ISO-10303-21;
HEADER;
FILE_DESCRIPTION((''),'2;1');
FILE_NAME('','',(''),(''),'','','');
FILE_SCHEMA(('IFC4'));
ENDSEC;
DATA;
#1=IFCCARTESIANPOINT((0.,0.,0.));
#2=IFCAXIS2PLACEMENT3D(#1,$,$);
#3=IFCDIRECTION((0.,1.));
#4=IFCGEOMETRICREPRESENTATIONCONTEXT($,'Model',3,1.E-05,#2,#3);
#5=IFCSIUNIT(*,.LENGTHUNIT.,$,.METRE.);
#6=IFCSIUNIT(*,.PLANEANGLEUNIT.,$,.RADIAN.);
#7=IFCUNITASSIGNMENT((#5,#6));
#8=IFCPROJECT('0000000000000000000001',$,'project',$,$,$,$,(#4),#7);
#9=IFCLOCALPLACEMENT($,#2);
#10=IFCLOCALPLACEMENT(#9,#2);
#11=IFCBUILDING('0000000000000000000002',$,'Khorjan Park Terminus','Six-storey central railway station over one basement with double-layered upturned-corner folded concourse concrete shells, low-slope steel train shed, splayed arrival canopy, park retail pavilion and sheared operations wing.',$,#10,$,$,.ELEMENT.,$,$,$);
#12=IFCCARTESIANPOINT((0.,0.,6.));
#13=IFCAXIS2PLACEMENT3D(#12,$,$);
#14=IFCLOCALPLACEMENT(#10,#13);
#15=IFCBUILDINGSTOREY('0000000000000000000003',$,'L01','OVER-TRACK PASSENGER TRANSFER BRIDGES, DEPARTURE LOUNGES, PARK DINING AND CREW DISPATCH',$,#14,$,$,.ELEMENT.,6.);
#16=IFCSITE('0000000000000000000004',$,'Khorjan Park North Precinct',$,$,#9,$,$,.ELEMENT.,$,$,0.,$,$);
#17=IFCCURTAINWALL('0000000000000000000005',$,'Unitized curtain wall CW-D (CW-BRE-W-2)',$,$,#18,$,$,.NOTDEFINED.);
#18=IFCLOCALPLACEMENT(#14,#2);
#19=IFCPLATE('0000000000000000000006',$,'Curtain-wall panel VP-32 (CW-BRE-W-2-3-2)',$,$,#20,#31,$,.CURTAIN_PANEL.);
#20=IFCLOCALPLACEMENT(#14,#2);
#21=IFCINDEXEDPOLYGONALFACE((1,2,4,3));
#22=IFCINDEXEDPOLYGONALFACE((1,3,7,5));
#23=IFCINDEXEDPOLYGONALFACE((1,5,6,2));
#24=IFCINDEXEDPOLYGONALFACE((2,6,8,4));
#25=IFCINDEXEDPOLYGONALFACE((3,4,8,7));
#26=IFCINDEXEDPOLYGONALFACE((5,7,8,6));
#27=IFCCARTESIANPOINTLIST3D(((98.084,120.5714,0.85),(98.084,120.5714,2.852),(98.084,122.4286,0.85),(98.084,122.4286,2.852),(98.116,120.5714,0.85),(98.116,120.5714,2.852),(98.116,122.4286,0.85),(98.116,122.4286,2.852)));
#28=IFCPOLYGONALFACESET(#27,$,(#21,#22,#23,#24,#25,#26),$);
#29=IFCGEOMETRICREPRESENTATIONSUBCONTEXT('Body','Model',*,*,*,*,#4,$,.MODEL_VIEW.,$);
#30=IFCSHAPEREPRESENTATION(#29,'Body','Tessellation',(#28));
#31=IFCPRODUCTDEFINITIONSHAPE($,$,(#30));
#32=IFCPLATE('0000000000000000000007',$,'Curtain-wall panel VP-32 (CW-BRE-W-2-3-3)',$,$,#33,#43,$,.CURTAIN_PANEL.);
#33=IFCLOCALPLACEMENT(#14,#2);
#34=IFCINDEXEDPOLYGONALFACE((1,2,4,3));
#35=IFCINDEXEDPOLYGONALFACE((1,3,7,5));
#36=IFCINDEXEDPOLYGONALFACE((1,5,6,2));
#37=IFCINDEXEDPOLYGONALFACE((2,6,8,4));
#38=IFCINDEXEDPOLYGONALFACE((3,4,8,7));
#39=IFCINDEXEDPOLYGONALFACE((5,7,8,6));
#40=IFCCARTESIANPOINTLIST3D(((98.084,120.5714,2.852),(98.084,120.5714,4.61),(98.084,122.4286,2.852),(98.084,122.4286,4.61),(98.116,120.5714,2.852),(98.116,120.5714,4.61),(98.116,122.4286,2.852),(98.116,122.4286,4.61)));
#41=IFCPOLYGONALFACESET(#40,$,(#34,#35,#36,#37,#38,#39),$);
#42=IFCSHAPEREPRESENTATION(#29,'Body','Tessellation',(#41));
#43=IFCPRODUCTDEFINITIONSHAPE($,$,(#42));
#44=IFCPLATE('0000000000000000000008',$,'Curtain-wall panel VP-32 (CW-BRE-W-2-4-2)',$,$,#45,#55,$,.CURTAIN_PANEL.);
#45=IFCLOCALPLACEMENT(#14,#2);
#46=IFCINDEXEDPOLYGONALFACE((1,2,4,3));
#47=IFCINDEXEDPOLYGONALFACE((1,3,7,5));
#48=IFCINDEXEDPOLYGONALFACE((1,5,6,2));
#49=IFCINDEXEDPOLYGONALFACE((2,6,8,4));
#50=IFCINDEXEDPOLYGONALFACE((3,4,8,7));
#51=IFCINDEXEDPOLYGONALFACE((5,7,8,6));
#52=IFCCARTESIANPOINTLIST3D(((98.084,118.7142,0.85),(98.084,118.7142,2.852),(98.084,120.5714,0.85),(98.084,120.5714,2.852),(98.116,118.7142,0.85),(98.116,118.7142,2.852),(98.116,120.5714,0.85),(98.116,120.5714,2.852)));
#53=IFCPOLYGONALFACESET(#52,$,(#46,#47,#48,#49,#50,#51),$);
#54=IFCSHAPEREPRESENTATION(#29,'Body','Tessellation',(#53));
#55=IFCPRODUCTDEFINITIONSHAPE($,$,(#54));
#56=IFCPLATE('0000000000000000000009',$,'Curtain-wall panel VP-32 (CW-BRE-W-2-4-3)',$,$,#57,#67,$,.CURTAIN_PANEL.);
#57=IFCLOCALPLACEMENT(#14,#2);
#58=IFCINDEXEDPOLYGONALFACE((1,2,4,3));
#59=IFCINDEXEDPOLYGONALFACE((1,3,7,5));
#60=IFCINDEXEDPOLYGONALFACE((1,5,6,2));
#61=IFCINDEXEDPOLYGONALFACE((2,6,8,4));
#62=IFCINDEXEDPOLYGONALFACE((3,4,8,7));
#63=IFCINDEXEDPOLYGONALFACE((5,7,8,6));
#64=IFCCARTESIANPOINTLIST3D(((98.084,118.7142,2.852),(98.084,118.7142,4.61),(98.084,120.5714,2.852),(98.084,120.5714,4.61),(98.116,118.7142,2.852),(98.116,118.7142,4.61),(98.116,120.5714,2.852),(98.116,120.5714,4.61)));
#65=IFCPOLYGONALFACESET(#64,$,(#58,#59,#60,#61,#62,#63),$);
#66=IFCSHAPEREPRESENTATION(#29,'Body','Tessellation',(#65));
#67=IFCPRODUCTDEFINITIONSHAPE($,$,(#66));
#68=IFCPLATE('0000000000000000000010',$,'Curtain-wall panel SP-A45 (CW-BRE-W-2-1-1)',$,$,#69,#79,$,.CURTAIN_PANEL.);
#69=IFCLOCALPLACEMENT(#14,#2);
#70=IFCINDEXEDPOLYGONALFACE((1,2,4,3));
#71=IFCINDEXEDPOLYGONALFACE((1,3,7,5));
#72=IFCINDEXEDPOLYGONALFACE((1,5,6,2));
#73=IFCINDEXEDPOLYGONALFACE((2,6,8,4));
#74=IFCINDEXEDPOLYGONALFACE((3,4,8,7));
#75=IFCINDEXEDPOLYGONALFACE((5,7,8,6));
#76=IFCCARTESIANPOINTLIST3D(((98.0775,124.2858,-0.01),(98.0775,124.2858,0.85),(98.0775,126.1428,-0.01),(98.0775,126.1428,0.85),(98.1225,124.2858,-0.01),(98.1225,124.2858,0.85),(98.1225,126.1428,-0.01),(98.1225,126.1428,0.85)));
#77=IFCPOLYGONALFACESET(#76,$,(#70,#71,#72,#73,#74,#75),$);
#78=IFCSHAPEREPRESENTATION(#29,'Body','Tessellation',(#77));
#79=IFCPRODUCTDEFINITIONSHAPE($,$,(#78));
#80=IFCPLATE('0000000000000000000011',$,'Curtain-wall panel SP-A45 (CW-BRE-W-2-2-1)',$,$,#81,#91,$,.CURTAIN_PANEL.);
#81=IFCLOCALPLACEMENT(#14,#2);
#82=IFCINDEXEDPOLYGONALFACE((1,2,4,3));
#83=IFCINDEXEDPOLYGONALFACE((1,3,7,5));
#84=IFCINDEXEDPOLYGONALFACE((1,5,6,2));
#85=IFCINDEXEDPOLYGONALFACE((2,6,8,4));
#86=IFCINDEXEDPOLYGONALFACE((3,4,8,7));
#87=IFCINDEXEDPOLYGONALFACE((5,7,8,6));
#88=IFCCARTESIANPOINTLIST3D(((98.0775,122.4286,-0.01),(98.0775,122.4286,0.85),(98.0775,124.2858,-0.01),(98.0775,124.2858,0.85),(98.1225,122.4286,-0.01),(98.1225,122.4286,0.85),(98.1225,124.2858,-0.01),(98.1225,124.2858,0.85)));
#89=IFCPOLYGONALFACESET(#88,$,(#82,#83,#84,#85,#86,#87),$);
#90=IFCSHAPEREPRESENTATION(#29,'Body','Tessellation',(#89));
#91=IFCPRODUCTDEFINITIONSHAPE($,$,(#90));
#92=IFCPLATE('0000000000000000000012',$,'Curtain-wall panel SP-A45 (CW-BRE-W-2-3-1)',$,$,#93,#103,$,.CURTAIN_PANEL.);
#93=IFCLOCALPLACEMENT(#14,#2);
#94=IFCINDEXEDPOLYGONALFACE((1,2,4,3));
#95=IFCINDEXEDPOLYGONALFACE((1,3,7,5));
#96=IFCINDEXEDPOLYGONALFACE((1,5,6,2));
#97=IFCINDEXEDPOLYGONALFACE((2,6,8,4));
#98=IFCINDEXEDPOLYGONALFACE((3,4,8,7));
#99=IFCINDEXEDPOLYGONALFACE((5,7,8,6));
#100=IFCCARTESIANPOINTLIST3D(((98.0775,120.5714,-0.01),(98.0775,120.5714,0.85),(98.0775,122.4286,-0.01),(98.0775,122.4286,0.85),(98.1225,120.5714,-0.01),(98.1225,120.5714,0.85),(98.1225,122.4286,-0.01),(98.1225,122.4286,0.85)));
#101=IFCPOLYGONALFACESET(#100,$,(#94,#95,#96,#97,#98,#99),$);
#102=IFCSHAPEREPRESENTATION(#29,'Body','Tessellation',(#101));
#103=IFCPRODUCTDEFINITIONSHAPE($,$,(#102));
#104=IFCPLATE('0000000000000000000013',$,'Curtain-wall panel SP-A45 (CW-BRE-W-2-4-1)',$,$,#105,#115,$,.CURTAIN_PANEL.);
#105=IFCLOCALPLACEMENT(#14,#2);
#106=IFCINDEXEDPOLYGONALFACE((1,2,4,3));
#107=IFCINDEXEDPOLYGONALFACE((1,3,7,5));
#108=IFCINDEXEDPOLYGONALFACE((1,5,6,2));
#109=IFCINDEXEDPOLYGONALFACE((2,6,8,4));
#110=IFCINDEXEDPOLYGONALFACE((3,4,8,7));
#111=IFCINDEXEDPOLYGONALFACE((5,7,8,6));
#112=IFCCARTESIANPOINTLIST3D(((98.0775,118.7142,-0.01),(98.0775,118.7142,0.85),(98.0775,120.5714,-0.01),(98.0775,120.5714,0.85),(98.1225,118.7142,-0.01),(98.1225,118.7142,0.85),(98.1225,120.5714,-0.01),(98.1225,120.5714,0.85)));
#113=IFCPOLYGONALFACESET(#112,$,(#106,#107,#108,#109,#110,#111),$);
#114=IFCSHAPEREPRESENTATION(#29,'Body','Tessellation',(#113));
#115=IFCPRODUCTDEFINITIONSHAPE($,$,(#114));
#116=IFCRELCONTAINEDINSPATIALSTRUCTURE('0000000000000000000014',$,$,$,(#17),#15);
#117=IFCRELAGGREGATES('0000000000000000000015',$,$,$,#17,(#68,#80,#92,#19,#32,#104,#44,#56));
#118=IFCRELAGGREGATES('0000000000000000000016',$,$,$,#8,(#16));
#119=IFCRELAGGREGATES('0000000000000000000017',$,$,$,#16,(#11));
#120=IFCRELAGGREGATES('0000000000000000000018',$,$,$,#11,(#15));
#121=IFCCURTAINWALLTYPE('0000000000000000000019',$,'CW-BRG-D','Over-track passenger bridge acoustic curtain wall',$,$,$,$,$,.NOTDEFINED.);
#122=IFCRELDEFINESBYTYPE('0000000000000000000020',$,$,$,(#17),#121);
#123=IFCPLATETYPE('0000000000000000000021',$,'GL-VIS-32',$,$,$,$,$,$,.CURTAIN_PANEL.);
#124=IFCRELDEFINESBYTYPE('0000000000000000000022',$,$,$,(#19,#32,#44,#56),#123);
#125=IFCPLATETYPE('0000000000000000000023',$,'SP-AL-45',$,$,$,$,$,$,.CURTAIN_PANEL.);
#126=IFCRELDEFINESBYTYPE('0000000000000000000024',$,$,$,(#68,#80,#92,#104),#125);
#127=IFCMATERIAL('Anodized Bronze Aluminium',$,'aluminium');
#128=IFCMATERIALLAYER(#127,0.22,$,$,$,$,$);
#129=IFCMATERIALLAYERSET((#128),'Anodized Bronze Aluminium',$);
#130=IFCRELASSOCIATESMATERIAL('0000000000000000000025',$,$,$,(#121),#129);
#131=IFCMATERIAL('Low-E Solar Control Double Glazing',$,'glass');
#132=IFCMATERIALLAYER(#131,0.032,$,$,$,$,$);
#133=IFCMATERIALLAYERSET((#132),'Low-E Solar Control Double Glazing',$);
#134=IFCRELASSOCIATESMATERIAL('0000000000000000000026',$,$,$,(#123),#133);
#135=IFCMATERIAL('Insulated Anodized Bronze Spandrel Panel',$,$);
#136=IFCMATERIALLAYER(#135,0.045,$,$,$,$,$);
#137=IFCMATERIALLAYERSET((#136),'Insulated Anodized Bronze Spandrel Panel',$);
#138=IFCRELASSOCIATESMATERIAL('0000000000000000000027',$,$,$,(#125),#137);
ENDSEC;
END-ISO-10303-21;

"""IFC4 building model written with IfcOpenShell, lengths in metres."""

from ifc_helpers import new_model, si_unit, direction, frame, origin, origin_2d, place, context, subcontext, project, spatial, rectangle, extrude, material, layer, layer_set, type_object, element, aggregate, save


model = new_model("IFC4")

# Units and contexts
model_context = context("Model", 3, precision=1e-05, world=origin(), true_north=direction((0.0, 1.0)))
body_context = subcontext(model_context, "Body", "Model", "MODEL_VIEW")
ifc_project = project(units=[si_unit("LENGTHUNIT", "METRE"), si_unit("PLANEANGLEUNIT", "RADIAN")], contexts=[model_context])

# Site, building, storey
site_placement = place(None, origin())
site = spatial("IfcSite", under=ifc_project, at=site_placement, Name="Khorjan Park North Precinct", CompositionType="ELEMENT", RefElevation=0.0)
building_placement = place(site_placement, origin())
building = spatial("IfcBuilding", under=site, at=building_placement, Name="Khorjan Park Terminus", Description="Six-storey central railway station over one basement with double-layered upturned-corner folded concourse concrete shells, low-slope steel train shed, splayed arrival canopy, park retail pavilion and sheared operations wing.", CompositionType="ELEMENT")
storey_placement = place(building_placement, frame((0.0, 0.0, 6.0)))
storey = spatial("IfcBuildingStorey", under=building, at=storey_placement, Name="L01", Description="OVER-TRACK PASSENGER TRANSFER BRIDGES, DEPARTURE LOUNGES, PARK DINING AND CREW DISPATCH", CompositionType="ELEMENT", Elevation=6.0)

# Curtain wall, plates
ifc_material_1 = material(Name="Anodized Bronze Aluminium", Category="aluminium")
ifc_layer_1 = layer(ifc_material_1, 0.22)
ifc_layer_set_1 = layer_set([ifc_layer_1], Name="Anodized Bronze Aluminium")
curtain_wall_type = type_object("IfcCurtainWallType", Name="CW-BRG-D", Description="Over-track passenger bridge acoustic curtain wall", PredefinedType="NOTDEFINED", material=ifc_layer_set_1)
curtain_wall_placement = place(storey_placement, origin())
curtain_wall = element("IfcCurtainWall", 1, at=curtain_wall_placement, inside=storey, type_object=curtain_wall_type, Name="Unitized curtain wall CW-D (CW-BRE-W-2)", PredefinedType="NOTDEFINED")
ifc_material_2 = material(Name="Low-E Solar Control Double Glazing", Category="glass")
ifc_layer_2 = layer(ifc_material_2, 0.032)
ifc_layer_set_2 = layer_set([ifc_layer_2], Name="Low-E Solar Control Double Glazing")
plate_type_1 = type_object("IfcPlateType", Name="GL-VIS-32", PredefinedType="CURTAIN_PANEL", material=ifc_layer_set_2)
plate_1_placement = place(storey_placement, frame((98.1, 121.5, 0.85), z_axis=(0.0, 0.0, 1.0), x_axis=(0.0, -1.0, 0.0)))
plate_1 = element("IfcPlate", 2, at=plate_1_placement, type_object=plate_type_1, Name="Curtain-wall panel VP-32 (CW-BRE-W-2-3-2)", PredefinedType="CURTAIN_PANEL", context=body_context, shape_type="SweptSolid", body=[
    extrude(rectangle(XDim=1.8571, YDim=0.032, at=origin_2d()), origin(), (0.0, 0.0, 1.0), 2.002),
])
plate_2_placement = place(storey_placement, frame((98.1, 121.5, 2.852), z_axis=(0.0, 0.0, 1.0), x_axis=(0.0, -1.0, 0.0)))
plate_2 = element("IfcPlate", 3, at=plate_2_placement, type_object=plate_type_1, Name="Curtain-wall panel VP-32 (CW-BRE-W-2-3-3)", PredefinedType="CURTAIN_PANEL", context=body_context, shape_type="SweptSolid", body=[
    extrude(rectangle(XDim=1.8571, YDim=0.032, at=origin_2d()), origin(), (0.0, 0.0, 1.0), 1.758),
])
plate_3_placement = place(storey_placement, frame((98.1, 119.6428, 0.85), z_axis=(0.0, 0.0, 1.0), x_axis=(0.0, -1.0, 0.0)))
plate_3 = element("IfcPlate", 4, at=plate_3_placement, type_object=plate_type_1, Name="Curtain-wall panel VP-32 (CW-BRE-W-2-4-2)", PredefinedType="CURTAIN_PANEL", context=body_context, shape_type="SweptSolid", body=[
    extrude(rectangle(XDim=1.8571, YDim=0.032, at=origin_2d()), origin(), (0.0, 0.0, 1.0), 2.002),
])
plate_4_placement = place(storey_placement, frame((98.1, 119.6428, 2.852), z_axis=(0.0, 0.0, 1.0), x_axis=(0.0, -1.0, 0.0)))
plate_4 = element("IfcPlate", 5, at=plate_4_placement, type_object=plate_type_1, Name="Curtain-wall panel VP-32 (CW-BRE-W-2-4-3)", PredefinedType="CURTAIN_PANEL", context=body_context, shape_type="SweptSolid", body=[
    extrude(rectangle(XDim=1.8571, YDim=0.032, at=origin_2d()), origin(), (0.0, 0.0, 1.0), 1.758),
])
ifc_material_3 = material(Name="Insulated Anodized Bronze Spandrel Panel")
ifc_layer_3 = layer(ifc_material_3, 0.045)
ifc_layer_set_3 = layer_set([ifc_layer_3], Name="Insulated Anodized Bronze Spandrel Panel")
plate_type_2 = type_object("IfcPlateType", Name="SP-AL-45", PredefinedType="CURTAIN_PANEL", material=ifc_layer_set_3)
plate_5_placement = place(storey_placement, frame((98.1, 125.2143, -0.01), z_axis=(0.0, 0.0, 1.0), x_axis=(0.0, -1.0, 0.0)))
plate_5 = element("IfcPlate", 6, at=plate_5_placement, type_object=plate_type_2, Name="Curtain-wall panel SP-A45 (CW-BRE-W-2-1-1)", PredefinedType="CURTAIN_PANEL", context=body_context, shape_type="SweptSolid", body=[
    extrude(rectangle(XDim=1.8571, YDim=0.045, at=origin_2d()), origin(), (0.0, 0.0, 1.0), 0.86),
])
plate_6_placement = place(storey_placement, frame((98.1, 123.3572, -0.01), z_axis=(0.0, 0.0, 1.0), x_axis=(0.0, -1.0, 0.0)))
plate_6 = element("IfcPlate", 7, at=plate_6_placement, type_object=plate_type_2, Name="Curtain-wall panel SP-A45 (CW-BRE-W-2-2-1)", PredefinedType="CURTAIN_PANEL", context=body_context, shape_type="SweptSolid", body=[
    extrude(rectangle(XDim=1.8571, YDim=0.045, at=origin_2d()), origin(), (0.0, 0.0, 1.0), 0.86),
])
plate_7_placement = place(storey_placement, frame((98.1, 121.5, -0.01), z_axis=(0.0, 0.0, 1.0), x_axis=(0.0, -1.0, 0.0)))
plate_7 = element("IfcPlate", 8, at=plate_7_placement, type_object=plate_type_2, Name="Curtain-wall panel SP-A45 (CW-BRE-W-2-3-1)", PredefinedType="CURTAIN_PANEL", context=body_context, shape_type="SweptSolid", body=[
    extrude(rectangle(XDim=1.8571, YDim=0.045, at=origin_2d()), origin(), (0.0, 0.0, 1.0), 0.86),
])
plate_8_placement = place(storey_placement, frame((98.1, 119.6428, -0.01), z_axis=(0.0, 0.0, 1.0), x_axis=(0.0, -1.0, 0.0)))
plate_8 = element("IfcPlate", 9, at=plate_8_placement, type_object=plate_type_2, Name="Curtain-wall panel SP-A45 (CW-BRE-W-2-4-1)", PredefinedType="CURTAIN_PANEL", context=body_context, shape_type="SweptSolid", body=[
    extrude(rectangle(XDim=1.8571, YDim=0.045, at=origin_2d()), origin(), (0.0, 0.0, 1.0), 0.86),
])
aggregate(curtain_wall, [plate_5, plate_6, plate_7, plate_1, plate_2, plate_8, plate_3, plate_4])

save(model, "model.ifc")
